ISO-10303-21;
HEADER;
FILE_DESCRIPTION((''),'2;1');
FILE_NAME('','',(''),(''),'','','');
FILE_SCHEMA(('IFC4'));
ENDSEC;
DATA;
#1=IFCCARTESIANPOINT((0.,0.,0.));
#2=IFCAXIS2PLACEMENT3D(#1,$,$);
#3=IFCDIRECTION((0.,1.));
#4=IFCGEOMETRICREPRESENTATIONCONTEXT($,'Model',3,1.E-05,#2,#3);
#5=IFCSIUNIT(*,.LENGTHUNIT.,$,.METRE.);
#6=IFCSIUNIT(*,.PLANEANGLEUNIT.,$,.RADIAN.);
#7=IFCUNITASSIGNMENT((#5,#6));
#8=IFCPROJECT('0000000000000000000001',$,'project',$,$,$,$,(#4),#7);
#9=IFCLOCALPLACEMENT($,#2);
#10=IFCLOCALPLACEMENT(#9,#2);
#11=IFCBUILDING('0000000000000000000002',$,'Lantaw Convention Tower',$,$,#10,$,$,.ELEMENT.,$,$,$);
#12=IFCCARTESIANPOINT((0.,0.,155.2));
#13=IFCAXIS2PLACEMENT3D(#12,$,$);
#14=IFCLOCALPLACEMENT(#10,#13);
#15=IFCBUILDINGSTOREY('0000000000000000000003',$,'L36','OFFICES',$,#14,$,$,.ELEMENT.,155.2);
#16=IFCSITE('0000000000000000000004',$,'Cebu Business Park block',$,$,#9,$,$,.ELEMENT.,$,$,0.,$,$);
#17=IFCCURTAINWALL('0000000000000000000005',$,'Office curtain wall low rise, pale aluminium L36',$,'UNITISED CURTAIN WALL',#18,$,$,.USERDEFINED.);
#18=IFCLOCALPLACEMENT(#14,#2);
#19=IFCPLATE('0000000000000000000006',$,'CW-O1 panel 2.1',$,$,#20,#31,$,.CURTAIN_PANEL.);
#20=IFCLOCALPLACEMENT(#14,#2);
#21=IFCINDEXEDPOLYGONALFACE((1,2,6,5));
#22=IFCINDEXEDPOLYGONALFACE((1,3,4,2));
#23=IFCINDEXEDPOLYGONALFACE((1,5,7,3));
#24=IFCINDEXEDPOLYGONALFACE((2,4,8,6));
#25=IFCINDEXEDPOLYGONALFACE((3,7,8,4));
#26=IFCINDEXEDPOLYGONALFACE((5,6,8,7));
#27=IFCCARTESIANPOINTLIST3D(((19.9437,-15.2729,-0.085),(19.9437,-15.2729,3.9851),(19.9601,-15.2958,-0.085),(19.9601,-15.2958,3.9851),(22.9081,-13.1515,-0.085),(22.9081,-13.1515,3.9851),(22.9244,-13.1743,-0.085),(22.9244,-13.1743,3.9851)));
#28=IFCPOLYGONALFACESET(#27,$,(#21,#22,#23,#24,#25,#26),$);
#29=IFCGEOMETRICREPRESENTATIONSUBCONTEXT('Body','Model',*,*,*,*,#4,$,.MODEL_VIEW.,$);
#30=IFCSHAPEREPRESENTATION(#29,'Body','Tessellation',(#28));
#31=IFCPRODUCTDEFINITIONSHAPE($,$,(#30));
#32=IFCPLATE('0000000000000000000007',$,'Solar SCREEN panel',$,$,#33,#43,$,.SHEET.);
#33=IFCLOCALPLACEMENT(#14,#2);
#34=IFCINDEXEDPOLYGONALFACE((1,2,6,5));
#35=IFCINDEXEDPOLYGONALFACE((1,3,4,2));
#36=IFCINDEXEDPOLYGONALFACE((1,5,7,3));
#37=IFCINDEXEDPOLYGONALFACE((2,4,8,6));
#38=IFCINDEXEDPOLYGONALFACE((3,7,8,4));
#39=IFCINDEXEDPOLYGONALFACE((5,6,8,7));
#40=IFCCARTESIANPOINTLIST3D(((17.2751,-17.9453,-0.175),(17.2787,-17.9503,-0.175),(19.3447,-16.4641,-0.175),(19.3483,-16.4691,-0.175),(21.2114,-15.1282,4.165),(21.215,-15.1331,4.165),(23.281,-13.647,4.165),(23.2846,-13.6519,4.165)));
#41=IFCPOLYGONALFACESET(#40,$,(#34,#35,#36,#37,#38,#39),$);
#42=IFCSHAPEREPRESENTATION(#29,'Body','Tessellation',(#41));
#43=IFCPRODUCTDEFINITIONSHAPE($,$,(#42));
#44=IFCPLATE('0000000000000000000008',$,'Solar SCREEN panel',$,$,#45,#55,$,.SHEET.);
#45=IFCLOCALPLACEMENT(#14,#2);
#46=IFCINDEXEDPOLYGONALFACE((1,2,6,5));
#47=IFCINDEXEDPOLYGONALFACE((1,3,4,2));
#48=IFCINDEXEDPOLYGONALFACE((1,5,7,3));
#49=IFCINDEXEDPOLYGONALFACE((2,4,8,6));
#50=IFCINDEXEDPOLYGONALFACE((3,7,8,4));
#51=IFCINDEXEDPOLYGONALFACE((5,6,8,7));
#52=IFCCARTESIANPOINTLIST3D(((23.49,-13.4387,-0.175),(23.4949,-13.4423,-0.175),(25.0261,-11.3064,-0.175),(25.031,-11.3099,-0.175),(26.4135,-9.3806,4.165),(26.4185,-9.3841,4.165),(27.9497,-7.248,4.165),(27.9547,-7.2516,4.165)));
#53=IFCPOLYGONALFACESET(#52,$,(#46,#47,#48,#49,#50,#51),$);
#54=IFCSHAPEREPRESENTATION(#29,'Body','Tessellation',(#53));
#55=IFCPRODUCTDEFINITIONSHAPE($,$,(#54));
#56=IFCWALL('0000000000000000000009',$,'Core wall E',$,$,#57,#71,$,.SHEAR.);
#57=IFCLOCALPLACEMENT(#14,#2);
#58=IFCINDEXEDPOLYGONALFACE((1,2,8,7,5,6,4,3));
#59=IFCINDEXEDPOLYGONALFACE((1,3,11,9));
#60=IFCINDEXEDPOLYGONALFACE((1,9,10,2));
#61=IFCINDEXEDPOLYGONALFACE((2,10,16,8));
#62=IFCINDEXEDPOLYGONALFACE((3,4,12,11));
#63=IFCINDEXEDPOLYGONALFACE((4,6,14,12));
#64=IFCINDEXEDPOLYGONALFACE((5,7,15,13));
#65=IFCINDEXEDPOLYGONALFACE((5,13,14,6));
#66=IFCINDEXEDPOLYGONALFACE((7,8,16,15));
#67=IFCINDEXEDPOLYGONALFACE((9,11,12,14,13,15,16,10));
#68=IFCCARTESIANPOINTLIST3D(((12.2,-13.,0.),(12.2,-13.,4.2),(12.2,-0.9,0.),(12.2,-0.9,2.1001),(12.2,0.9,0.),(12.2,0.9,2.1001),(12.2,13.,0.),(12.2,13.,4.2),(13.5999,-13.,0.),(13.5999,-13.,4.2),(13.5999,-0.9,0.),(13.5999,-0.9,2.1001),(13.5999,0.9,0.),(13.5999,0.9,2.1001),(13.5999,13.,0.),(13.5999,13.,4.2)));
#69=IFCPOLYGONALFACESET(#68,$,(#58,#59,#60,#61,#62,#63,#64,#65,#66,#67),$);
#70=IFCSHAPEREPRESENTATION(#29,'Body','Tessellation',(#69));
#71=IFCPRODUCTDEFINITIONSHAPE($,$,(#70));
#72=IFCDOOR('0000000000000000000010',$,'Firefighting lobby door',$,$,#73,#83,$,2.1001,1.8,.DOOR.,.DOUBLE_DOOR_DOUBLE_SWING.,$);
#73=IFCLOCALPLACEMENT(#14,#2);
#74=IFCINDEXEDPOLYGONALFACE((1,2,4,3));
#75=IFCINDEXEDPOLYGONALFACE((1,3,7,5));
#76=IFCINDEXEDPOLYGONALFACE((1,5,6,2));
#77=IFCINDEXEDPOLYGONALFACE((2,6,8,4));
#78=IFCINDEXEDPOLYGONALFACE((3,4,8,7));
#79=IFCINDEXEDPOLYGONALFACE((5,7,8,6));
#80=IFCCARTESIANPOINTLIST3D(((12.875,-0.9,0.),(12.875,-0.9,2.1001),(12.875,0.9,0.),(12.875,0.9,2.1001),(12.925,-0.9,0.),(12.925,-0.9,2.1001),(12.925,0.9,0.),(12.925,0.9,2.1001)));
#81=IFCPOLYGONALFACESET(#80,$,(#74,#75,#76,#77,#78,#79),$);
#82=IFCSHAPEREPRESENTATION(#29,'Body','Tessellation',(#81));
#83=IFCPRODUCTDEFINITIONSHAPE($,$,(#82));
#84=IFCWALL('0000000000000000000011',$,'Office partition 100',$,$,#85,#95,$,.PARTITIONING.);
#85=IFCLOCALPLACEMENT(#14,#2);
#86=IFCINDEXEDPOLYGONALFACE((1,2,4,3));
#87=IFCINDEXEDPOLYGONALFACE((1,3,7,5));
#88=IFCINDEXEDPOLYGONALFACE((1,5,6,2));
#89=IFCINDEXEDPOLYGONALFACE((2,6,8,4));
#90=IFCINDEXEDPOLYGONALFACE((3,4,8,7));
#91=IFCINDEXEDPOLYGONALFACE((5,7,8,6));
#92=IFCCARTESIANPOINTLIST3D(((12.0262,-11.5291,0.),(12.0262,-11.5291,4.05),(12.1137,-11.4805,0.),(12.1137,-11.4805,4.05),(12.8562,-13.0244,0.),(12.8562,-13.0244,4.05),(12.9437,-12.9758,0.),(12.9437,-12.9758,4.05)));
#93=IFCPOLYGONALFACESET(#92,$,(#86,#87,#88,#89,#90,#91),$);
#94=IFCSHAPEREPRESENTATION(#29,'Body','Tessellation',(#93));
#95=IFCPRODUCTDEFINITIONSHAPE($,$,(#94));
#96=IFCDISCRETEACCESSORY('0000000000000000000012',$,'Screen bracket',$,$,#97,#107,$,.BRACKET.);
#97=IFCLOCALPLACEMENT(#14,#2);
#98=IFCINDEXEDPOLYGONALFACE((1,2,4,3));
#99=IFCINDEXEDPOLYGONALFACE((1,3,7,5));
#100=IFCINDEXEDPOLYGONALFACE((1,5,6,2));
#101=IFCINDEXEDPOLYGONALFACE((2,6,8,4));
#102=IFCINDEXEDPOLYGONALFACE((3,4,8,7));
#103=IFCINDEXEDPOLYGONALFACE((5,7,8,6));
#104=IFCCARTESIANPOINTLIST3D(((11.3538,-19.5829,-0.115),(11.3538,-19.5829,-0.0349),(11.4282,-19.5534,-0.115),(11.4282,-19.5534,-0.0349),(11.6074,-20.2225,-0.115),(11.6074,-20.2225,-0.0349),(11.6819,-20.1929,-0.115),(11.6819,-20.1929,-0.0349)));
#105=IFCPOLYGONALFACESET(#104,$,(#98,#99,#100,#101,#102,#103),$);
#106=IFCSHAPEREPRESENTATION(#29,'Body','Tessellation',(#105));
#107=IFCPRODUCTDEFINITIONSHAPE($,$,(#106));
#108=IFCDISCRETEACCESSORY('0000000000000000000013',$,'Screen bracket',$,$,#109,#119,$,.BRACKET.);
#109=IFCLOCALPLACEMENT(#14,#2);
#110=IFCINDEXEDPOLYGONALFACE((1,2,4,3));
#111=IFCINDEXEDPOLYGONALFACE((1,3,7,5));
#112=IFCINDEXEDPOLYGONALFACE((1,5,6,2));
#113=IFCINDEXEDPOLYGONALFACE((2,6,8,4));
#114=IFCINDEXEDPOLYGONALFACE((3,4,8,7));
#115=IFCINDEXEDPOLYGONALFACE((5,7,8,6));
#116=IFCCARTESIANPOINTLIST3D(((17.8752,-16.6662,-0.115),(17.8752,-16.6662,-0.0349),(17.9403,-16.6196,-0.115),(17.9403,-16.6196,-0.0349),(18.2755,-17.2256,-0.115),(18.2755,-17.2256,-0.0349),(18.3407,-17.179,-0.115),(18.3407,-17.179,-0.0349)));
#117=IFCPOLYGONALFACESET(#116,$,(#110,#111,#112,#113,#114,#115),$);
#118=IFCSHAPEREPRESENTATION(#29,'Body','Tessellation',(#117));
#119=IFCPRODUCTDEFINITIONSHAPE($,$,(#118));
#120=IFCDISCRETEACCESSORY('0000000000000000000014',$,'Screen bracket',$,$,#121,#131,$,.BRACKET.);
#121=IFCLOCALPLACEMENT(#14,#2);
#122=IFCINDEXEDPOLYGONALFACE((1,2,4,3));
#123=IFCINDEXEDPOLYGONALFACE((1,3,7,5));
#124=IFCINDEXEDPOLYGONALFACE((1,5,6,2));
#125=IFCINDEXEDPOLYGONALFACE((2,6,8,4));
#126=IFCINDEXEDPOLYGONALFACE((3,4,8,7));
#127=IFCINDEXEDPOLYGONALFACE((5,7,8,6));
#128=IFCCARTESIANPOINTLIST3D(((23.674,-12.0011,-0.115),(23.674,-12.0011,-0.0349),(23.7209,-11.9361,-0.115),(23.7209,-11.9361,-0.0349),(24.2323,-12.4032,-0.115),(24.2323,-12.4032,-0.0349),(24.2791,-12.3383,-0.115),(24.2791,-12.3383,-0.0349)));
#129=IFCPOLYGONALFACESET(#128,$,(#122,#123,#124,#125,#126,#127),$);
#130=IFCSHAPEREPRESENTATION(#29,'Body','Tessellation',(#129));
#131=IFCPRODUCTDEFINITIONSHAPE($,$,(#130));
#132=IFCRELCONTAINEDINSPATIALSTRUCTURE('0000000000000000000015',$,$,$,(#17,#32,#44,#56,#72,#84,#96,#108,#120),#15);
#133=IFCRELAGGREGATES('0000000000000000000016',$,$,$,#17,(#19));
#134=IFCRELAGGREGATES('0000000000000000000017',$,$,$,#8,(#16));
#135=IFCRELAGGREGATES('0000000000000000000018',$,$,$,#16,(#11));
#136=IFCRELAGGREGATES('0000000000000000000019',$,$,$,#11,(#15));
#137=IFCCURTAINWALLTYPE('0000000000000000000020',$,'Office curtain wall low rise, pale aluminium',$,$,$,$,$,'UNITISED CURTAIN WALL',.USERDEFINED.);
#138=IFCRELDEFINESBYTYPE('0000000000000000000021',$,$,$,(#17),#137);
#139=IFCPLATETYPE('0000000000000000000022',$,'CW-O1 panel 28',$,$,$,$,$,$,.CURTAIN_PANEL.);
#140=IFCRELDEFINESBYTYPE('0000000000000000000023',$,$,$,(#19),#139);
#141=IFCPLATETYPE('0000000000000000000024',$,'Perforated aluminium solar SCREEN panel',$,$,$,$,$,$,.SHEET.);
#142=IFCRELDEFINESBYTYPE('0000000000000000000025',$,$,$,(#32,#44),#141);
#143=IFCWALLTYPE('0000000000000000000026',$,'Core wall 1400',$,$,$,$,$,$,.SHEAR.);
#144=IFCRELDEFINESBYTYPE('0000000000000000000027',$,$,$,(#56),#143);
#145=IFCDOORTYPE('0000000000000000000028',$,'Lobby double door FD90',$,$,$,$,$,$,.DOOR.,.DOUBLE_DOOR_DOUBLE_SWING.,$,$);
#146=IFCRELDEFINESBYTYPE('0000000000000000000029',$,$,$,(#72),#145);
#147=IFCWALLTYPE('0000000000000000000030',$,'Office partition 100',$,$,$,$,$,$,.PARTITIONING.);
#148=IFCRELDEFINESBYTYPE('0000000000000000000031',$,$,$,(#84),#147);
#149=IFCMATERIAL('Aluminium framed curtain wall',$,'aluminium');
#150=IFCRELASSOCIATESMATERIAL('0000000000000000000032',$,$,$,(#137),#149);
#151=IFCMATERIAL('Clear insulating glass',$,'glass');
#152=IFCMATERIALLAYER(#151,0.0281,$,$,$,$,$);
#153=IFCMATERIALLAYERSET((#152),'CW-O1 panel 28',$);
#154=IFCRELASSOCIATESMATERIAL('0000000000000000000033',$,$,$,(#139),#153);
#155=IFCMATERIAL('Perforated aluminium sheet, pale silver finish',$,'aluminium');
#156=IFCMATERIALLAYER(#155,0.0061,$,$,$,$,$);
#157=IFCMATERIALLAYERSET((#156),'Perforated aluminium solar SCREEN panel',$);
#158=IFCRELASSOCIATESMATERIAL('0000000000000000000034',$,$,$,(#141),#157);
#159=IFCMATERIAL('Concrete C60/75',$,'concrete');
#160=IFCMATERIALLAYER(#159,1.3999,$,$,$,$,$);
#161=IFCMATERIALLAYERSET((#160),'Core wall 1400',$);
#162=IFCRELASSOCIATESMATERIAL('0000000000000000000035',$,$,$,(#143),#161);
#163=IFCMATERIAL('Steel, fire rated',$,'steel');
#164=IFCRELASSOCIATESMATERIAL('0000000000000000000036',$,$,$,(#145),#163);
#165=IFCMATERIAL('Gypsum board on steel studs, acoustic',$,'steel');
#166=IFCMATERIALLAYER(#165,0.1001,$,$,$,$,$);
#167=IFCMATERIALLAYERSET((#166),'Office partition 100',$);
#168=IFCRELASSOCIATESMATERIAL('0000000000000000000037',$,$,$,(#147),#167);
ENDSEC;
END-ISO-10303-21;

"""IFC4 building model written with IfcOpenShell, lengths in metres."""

from ifc_helpers import new_model, si_unit, direction, frame, frame_2d, origin, origin_2d, place, context, subcontext, project, spatial, polyline, rectangle, outline, extrude, material, layer, layer_set, type_object, element, fill, aggregate, save


model = new_model("IFC4")

# Units and contexts
model_context = context("Model", 3, precision=1e-05, world=origin(), true_north=direction((0.0, 1.0)))
body_context = subcontext(model_context, "Body", "Model", "MODEL_VIEW")
ifc_project = project(units=[si_unit("LENGTHUNIT", "METRE"), si_unit("PLANEANGLEUNIT", "RADIAN")], contexts=[model_context])

# Site, building, storey
site_placement = place(None, origin())
site = spatial("IfcSite", under=ifc_project, at=site_placement, Name="Cebu Business Park block", CompositionType="ELEMENT", RefElevation=0.0)
building_placement = place(site_placement, origin())
building = spatial("IfcBuilding", under=site, at=building_placement, Name="Lantaw Convention Tower", CompositionType="ELEMENT")
storey_placement = place(building_placement, frame((0.0, 0.0, 155.2)))
storey = spatial("IfcBuildingStorey", under=building, at=storey_placement, Name="L36", Description="OFFICES", CompositionType="ELEMENT", Elevation=155.2)

# Shared definitions
ifc_material_1 = material(Name="Concrete C60/75", Category="concrete")

# Curtain wall
ifc_material_2 = material(Name="Aluminium framed curtain wall", Category="aluminium")
curtain_wall_type = type_object("IfcCurtainWallType", Name="Office curtain wall low rise, pale aluminium", ElementType="UNITISED CURTAIN WALL", PredefinedType="USERDEFINED", material=ifc_material_2)
curtain_wall_1_placement = place(storey_placement, origin())
curtain_wall_1 = element("IfcCurtainWall", 1, at=curtain_wall_1_placement, inside=storey, type_object=curtain_wall_type, Name="Office curtain wall low rise, pale aluminium L36", ObjectType="UNITISED CURTAIN WALL", PredefinedType="USERDEFINED")

# Plate
ifc_material_3 = material(Name="Clear insulating glass", Category="glass")
ifc_layer_1 = layer(ifc_material_3, 0.0281)
ifc_layer_set_1 = layer_set([ifc_layer_1], Name="CW-O1 panel 28")
plate_type_1 = type_object("IfcPlateType", Name="CW-O1 panel 28", PredefinedType="CURTAIN_PANEL", material=ifc_layer_set_1)
plate_1_placement = place(storey_placement, frame((21.4341, -14.2236, -0.085), z_axis=(0.0, 0.0, 1.0), x_axis=(0.813208, 0.581973, 0.0)))
plate_1 = element("IfcPlate", 2, at=plate_1_placement, type_object=plate_type_1, Name="CW-O1 panel 2.1", PredefinedType="CURTAIN_PANEL", context=body_context, shape_type="SweptSolid", body=[
    extrude(rectangle(XDim=3.6453, YDim=0.0281, at=origin_2d()), origin(), (0.0, 0.0, 1.0), 4.0701),
])
aggregate(curtain_wall_1, [plate_1])

# Plates
ifc_material_4 = material(Name="Perforated aluminium sheet, pale silver finish", Category="aluminium")
ifc_layer_2 = layer(ifc_material_4, 0.0061)
ifc_layer_set_2 = layer_set([ifc_layer_2], Name="Perforated aluminium solar SCREEN panel")
plate_type_2 = type_object("IfcPlateType", Name="Perforated aluminium solar SCREEN panel", PredefinedType="SHEET", material=ifc_layer_set_2)
plate_2_placement = place(storey_placement, frame((17.2751, -17.9453, -0.175), z_axis=(-0.582, 0.813189, 0.000012), x_axis=(0.813189, 0.582, 0.0)))
element("IfcPlate", 3, at=plate_2_placement, inside=storey, type_object=plate_type_2, Name="Solar SCREEN panel", PredefinedType="SHEET", context=body_context, shape_type="SweptSolid", body=[
    extrude(outline(polyline([(0.0, 0.0), (2.545, 0.0), (7.3855, -4.3401), (4.8405, -4.3401), (0.0, 0.0)])), origin(), (0.0, 0.0, -1.0), 0.0061),
])
plate_3_placement = place(storey_placement, frame((23.49, -13.4387, -0.175), z_axis=(-0.811395, 0.584498, 0.000036), x_axis=(0.584498, 0.811395, 0.0)))
element("IfcPlate", 4, at=plate_3_placement, inside=storey, type_object=plate_type_2, Name="Solar SCREEN panel", PredefinedType="SHEET", context=body_context, shape_type="SweptSolid", body=[
    extrude(outline(polyline([(0.0, 0.0), (2.628, 0.0), (7.6298, -4.3401), (5.0016, -4.3401), (0.0, 0.0)])), origin(), (0.0, 0.0, -1.0), 0.0061),
])

# Wall, opening, door
ifc_layer_3 = layer(ifc_material_1, 1.3999)
ifc_layer_set_3 = layer_set([ifc_layer_3], Name="Core wall 1400")
wall_type_1 = type_object("IfcWallType", Name="Core wall 1400", PredefinedType="SHEAR", material=ifc_layer_set_3)
wall_1_placement = place(storey_placement, frame((12.8999, -13.0, 0.0), z_axis=(0.0, 0.0, 1.0), x_axis=(0.0, 1.0, 0.0)))
wall_1 = element("IfcWall", 5, at=wall_1_placement, inside=storey, type_object=wall_type_1, Name="Core wall E", PredefinedType="SHEAR", context=body_context, shape_type="SweptSolid", body=[
    extrude(rectangle(XDim=26.0, YDim=1.3999, at=frame_2d((13.0, 0.0))), origin(), (0.0, 0.0, 1.0), 4.2),
])
opening_placement = place(wall_1_placement, frame((12.1001, 0.0, 0.0)))
opening = element("IfcOpeningElement", 6, at=opening_placement, cuts=wall_1, PredefinedType="OPENING", context=body_context, shape_type="SweptSolid", body=[
    extrude(rectangle(XDim=1.8, YDim=2.1001, at=frame_2d((0.8999, 1.05))), frame((0.0, 0.71, 0.0), z_axis=(0.0, -1.0, 0.0), x_axis=(1.0, 0.0, 0.0)), (0.0, 0.0, 1.0), 1.4199),
])
ifc_material_5 = material(Name="Steel, fire rated", Category="steel")
door_type = type_object("IfcDoorType", Name="Lobby double door FD90", OperationType="DOUBLE_DOOR_DOUBLE_SWING", PredefinedType="DOOR", material=ifc_material_5)
door_placement = place(opening_placement, origin())
door = element("IfcDoor", 7, at=door_placement, inside=storey, type_object=door_type, Name="Firefighting lobby door", OperationType="DOUBLE_DOOR_DOUBLE_SWING", OverallHeight=2.1001, OverallWidth=1.8, PredefinedType="DOOR", context=body_context, shape_type="SweptSolid", body=[
    extrude(rectangle(XDim=1.8, YDim=2.1001, at=frame_2d((0.8999, 1.05))), frame((0.0, 0.0249, 0.0), z_axis=(0.0, -1.0, 0.0), x_axis=(1.0, 0.0, 0.0)), (0.0, 0.0, 1.0), 0.05),
])
fill(opening, door)

# Wall
ifc_material_6 = material(Name="Gypsum board on steel studs, acoustic", Category="steel")
ifc_layer_4 = layer(ifc_material_6, 0.1001)
ifc_layer_set_4 = layer_set([ifc_layer_4], Name="Office partition 100")
wall_type_2 = type_object("IfcWallType", Name="Office partition 100", PredefinedType="PARTITIONING", material=ifc_layer_set_4)
wall_2_placement = place(storey_placement, frame((12.8999, -13.0, 0.0), z_axis=(0.0, 0.0, 1.0), x_axis=(-0.48534, 0.874326, 0.0)))
element("IfcWall", 8, at=wall_2_placement, inside=storey, type_object=wall_type_2, Name="Office partition 100", PredefinedType="PARTITIONING", context=body_context, shape_type="SweptSolid", body=[
    extrude(rectangle(XDim=1.7102, YDim=0.1001, at=frame_2d((0.855, 0.0))), origin(), (0.0, 0.0, 1.0), 4.05),
])

# Discrete accessories
for number, where, z_axis, x_axis, name in (
    (9, (11.5178, -19.8879, -0.115), (0.0, 0.0, 1.0), (0.929548, 0.368702, 0.0), "Screen bracket"),
    (10, (18.1079, -16.9226, -0.115), (0.0, 0.0, 1.0), (0.813208, 0.581973, 0.0), "Screen bracket"),
    (11, (23.9766, -12.1697, -0.115), (0.0, 0.0, 1.0), (0.584513, 0.811385, 0.0), "Screen bracket"),
):
    element("IfcDiscreteAccessory", number, at=place(storey_placement, frame(where, z_axis=z_axis, x_axis=x_axis)), inside=storey, Name=name, PredefinedType="BRACKET", context=body_context, shape_type="SweptSolid", body=[
        extrude(rectangle(XDim=0.0801, YDim=0.688, at=origin_2d()), origin(), (0.0, 0.0, 1.0), 0.0801),
    ])

save(model, "model.ifc")
